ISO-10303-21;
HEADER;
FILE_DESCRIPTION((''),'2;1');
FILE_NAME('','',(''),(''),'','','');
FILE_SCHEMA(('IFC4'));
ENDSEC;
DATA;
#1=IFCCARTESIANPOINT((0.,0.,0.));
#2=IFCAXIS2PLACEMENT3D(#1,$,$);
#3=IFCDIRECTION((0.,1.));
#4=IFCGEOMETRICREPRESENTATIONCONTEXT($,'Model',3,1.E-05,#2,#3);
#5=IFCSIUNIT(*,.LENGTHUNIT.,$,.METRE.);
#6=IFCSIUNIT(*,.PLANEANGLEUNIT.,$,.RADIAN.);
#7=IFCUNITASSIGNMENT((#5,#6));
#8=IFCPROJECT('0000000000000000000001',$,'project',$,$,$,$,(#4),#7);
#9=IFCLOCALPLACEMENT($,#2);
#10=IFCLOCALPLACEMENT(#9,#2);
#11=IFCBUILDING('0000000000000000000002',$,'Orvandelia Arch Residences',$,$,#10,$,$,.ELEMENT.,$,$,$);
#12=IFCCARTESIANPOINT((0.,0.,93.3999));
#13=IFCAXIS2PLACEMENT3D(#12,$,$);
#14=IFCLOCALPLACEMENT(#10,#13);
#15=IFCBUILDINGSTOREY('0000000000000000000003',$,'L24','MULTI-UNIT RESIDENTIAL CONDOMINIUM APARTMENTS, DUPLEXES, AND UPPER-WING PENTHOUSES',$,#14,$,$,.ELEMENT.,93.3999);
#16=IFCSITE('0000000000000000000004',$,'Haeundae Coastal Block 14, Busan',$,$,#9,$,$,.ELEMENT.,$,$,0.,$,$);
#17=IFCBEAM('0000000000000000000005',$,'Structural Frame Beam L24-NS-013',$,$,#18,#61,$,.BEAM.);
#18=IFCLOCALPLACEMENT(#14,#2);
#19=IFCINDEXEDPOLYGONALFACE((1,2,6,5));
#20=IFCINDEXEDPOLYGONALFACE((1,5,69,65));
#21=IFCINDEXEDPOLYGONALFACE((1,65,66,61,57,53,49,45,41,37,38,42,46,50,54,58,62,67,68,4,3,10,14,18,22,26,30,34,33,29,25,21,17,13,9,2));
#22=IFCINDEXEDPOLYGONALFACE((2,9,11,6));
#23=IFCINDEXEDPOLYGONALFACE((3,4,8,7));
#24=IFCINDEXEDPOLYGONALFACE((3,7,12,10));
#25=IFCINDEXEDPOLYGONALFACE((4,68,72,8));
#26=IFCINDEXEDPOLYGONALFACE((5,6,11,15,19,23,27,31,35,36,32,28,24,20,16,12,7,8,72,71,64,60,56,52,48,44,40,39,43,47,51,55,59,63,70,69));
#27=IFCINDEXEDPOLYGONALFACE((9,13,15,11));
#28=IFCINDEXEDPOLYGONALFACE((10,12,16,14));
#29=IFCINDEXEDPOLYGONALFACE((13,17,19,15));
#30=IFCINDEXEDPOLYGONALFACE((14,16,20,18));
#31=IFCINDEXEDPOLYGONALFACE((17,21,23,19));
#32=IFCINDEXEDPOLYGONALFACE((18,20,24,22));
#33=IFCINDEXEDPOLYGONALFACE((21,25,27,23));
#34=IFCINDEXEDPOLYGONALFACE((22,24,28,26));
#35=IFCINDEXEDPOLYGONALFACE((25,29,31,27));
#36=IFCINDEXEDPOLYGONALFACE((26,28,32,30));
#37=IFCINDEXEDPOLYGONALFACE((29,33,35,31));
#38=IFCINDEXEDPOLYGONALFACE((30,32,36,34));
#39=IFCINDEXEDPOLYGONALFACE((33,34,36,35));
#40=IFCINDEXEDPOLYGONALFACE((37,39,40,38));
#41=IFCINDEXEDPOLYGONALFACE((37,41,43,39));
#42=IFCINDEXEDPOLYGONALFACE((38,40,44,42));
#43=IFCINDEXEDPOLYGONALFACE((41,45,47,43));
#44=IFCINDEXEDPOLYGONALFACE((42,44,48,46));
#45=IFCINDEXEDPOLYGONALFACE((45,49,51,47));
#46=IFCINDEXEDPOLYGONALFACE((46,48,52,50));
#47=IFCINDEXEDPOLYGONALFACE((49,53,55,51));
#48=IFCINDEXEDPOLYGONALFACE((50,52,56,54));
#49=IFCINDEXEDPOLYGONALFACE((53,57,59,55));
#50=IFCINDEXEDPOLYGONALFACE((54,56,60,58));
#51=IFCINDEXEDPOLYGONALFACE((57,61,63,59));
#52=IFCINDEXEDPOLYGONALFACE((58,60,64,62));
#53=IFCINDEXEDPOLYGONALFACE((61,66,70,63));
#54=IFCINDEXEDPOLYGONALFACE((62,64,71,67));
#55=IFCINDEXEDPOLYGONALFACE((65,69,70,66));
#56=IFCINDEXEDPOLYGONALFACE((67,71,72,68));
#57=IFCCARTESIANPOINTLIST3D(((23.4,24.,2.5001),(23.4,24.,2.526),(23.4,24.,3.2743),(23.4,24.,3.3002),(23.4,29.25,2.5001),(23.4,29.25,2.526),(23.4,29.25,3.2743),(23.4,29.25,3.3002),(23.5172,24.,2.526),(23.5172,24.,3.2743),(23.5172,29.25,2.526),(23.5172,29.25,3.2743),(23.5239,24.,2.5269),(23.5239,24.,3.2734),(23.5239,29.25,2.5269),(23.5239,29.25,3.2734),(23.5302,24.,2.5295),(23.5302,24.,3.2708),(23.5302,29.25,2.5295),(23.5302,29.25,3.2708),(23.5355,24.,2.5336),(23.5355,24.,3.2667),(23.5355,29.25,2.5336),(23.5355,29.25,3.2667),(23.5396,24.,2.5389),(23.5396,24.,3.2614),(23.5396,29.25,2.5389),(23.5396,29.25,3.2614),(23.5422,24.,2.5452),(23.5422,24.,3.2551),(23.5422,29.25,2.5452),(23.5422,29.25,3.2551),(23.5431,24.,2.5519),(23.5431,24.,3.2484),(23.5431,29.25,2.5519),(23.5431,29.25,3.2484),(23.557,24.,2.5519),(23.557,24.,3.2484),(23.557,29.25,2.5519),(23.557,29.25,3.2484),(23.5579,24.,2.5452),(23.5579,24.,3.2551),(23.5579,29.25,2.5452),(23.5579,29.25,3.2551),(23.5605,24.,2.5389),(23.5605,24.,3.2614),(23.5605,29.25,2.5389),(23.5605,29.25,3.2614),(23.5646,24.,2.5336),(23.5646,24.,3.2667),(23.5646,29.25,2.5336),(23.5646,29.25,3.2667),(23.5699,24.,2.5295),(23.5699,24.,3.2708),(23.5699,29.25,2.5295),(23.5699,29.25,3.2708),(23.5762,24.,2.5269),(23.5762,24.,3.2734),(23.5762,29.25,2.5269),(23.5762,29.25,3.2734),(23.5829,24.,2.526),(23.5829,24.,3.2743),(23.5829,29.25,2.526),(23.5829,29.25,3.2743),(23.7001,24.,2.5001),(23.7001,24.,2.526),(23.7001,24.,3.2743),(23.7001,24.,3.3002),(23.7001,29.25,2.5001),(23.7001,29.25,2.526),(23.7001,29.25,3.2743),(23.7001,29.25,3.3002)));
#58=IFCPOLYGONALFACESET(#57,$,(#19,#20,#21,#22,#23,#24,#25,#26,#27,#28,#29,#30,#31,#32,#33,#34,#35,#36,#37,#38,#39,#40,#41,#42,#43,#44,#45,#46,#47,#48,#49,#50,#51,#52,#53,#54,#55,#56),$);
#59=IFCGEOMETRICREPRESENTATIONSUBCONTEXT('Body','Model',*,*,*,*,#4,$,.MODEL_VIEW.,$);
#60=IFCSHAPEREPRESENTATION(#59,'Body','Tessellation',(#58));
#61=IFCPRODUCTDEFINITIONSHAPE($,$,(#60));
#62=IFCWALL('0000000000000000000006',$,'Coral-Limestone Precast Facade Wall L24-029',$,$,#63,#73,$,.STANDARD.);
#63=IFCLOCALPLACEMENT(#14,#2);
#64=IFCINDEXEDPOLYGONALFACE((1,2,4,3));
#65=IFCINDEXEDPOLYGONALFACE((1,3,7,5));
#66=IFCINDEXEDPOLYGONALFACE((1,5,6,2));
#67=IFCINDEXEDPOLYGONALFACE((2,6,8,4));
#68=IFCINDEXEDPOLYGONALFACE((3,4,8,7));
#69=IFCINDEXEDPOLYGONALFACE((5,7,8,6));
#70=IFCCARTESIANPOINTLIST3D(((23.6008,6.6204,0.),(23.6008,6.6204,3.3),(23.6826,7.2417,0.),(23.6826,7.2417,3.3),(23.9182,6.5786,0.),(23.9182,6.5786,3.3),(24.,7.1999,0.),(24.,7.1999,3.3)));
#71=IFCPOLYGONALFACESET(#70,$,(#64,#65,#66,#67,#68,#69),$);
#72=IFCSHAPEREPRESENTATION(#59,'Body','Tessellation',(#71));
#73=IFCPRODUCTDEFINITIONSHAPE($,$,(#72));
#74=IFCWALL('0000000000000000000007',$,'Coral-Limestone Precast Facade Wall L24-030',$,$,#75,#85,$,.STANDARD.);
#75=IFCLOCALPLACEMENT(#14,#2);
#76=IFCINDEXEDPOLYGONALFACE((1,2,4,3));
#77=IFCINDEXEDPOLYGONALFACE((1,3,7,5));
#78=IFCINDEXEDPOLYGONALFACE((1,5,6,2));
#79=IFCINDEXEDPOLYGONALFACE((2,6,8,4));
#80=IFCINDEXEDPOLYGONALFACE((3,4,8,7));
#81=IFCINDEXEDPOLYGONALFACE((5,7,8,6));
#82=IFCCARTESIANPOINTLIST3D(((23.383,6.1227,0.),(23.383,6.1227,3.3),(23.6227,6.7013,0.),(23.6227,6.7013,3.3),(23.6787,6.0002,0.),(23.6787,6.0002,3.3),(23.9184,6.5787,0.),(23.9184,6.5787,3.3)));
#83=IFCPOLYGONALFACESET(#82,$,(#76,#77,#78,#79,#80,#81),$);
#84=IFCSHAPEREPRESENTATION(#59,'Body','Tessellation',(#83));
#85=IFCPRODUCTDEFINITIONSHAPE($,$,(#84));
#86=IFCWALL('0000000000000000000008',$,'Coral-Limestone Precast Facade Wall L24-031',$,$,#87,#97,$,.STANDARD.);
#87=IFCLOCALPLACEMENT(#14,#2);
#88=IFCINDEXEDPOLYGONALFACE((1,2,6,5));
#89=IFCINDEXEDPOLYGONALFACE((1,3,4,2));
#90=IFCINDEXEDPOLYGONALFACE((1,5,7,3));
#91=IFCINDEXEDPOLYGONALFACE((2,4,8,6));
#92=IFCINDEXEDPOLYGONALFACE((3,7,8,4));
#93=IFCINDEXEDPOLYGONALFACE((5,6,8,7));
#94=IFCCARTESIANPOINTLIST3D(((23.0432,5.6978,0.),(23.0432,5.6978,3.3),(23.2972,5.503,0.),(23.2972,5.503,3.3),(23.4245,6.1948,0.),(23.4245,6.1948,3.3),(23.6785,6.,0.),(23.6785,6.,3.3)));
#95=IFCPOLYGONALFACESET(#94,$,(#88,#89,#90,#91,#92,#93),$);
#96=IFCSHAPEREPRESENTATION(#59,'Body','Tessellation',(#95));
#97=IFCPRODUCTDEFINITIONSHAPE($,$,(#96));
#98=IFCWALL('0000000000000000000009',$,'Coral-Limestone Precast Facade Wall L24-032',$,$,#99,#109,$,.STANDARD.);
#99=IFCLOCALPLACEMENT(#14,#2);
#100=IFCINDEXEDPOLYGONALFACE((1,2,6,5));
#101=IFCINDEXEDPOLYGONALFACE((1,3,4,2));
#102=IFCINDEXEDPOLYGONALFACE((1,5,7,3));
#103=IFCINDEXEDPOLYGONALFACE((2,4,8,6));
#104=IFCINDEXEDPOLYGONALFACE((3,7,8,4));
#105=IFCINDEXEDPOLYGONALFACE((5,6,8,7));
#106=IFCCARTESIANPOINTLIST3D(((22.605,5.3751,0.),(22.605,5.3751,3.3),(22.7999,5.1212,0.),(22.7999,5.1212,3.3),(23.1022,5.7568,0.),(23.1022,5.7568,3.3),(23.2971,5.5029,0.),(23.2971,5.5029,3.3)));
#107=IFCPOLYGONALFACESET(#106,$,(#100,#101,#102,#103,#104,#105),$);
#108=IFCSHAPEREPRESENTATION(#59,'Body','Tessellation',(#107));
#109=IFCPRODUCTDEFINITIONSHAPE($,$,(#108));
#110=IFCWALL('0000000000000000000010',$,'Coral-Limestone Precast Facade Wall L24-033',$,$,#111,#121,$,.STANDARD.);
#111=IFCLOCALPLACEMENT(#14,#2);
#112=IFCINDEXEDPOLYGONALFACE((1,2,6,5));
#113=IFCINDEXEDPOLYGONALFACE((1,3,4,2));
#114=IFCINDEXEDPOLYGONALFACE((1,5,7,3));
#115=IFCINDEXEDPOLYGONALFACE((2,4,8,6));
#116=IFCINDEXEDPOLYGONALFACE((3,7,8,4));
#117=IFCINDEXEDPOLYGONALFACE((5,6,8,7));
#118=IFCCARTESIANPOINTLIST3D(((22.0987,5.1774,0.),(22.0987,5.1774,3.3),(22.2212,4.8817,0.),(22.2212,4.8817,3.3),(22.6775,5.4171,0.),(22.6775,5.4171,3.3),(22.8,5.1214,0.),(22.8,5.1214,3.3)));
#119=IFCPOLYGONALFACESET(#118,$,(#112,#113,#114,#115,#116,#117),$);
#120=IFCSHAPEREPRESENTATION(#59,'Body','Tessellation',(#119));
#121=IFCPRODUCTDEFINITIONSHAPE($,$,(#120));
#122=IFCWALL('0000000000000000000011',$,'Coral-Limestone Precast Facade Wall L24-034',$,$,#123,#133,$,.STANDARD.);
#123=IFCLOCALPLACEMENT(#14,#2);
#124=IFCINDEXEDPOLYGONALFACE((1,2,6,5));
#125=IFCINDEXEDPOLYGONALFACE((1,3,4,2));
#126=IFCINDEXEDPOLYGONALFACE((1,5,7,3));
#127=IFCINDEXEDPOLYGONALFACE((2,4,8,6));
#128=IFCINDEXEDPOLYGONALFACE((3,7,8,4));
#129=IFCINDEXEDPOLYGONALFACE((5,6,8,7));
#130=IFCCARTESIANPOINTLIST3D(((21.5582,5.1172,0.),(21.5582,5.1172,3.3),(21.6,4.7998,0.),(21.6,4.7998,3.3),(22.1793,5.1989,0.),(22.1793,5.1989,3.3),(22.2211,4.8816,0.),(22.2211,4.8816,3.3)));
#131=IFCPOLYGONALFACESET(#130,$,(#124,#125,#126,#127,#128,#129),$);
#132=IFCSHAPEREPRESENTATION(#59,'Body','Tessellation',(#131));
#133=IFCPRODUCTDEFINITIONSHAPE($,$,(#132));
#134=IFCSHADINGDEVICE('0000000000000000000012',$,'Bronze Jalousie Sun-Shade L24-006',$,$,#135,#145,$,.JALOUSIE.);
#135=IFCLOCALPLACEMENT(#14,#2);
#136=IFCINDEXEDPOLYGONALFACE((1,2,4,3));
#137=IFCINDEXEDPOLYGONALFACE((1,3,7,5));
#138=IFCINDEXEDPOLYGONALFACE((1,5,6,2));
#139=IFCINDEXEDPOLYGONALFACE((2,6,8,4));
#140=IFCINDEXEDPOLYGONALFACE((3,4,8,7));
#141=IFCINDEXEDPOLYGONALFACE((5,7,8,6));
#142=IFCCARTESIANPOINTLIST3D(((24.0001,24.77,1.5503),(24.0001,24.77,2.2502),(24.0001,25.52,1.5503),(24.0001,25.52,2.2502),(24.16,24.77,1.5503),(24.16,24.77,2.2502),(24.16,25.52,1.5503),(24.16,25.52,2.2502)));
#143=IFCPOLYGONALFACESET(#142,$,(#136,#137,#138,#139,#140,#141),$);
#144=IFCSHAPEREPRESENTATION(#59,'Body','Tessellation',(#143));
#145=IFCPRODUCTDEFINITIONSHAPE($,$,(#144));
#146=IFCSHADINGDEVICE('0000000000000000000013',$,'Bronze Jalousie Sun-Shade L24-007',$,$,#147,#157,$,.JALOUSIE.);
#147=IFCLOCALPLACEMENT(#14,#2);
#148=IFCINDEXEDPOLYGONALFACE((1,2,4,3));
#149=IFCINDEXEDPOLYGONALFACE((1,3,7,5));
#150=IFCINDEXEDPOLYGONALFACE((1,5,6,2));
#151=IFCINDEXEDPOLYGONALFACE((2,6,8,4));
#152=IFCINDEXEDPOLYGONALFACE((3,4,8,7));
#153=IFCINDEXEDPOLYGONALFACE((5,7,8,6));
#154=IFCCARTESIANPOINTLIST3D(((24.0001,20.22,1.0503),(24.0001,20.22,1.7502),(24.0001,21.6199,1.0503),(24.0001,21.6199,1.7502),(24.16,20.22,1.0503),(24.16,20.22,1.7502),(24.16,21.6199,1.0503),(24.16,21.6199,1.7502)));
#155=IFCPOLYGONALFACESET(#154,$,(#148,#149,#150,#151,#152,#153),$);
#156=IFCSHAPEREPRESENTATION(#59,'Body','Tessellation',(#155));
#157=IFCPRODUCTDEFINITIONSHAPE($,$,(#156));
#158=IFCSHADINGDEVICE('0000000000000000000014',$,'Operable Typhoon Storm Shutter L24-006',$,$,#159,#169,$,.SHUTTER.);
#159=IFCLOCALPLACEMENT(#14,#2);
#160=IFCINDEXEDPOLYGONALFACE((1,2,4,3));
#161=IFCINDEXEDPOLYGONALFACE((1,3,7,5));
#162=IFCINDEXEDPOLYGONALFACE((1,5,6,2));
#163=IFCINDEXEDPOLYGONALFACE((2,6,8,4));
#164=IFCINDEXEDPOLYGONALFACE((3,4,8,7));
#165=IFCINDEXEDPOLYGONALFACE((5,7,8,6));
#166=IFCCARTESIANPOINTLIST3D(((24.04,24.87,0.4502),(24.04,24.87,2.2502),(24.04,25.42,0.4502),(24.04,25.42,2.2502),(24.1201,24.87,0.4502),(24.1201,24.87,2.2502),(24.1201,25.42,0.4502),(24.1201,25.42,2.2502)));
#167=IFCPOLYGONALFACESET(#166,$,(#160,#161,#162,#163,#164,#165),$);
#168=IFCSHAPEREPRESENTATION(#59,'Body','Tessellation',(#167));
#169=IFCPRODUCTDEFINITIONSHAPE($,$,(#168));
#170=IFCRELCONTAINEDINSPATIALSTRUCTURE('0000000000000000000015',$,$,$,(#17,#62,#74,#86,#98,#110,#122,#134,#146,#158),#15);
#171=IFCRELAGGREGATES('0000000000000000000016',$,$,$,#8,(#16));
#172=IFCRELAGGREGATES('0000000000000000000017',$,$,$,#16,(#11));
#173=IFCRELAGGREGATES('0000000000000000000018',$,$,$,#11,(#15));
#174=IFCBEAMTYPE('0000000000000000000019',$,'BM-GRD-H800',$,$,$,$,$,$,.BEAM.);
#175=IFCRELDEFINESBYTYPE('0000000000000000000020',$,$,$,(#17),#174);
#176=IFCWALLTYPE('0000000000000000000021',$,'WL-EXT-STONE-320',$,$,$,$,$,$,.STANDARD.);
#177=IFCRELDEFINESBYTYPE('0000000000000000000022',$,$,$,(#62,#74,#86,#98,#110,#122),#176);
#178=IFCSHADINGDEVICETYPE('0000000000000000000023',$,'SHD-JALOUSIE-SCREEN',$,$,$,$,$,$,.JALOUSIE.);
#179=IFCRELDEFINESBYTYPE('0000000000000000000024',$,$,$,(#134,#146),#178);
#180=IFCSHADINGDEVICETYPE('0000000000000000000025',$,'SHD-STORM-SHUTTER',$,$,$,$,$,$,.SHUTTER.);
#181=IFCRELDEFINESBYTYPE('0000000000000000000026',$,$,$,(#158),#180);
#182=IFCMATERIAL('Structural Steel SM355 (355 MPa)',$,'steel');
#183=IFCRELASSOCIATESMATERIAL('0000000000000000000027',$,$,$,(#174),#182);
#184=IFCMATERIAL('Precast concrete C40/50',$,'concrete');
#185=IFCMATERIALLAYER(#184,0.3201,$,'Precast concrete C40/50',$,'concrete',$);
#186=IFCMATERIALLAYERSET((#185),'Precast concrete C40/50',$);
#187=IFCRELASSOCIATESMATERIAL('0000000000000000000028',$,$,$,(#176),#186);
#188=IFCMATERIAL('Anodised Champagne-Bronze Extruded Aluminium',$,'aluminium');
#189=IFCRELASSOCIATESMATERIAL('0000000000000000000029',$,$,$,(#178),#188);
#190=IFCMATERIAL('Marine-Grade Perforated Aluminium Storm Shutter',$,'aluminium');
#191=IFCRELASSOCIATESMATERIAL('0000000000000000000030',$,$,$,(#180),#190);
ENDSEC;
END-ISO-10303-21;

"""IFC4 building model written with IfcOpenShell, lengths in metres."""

from ifc_helpers import new_model, si_unit, direction, frame, frame_2d, origin, origin_2d, place, context, subcontext, project, spatial, rectangle, i_section, extrude, material, layer, layer_set, material_profile, profile_set, type_object, element, save


model = new_model("IFC4")

# Units and contexts
model_context = context("Model", 3, precision=1e-05, world=origin(), true_north=direction((0.0, 1.0)))
body_context = subcontext(model_context, "Body", "Model", "MODEL_VIEW")
ifc_project = project(units=[si_unit("LENGTHUNIT", "METRE"), si_unit("PLANEANGLEUNIT", "RADIAN")], contexts=[model_context])

# Site, building, storey
site_placement = place(None, origin())
site = spatial("IfcSite", under=ifc_project, at=site_placement, Name="Haeundae Coastal Block 14, Busan", CompositionType="ELEMENT", RefElevation=0.0)
building_placement = place(site_placement, origin())
building = spatial("IfcBuilding", under=site, at=building_placement, Name="Orvandelia Arch Residences", CompositionType="ELEMENT")
storey_placement = place(building_placement, frame((0.0, 0.0, 93.3999)))
storey = spatial("IfcBuildingStorey", under=building, at=storey_placement, Name="L24", Description="MULTI-UNIT RESIDENTIAL CONDOMINIUM APARTMENTS, DUPLEXES, AND UPPER-WING PENTHOUSES", CompositionType="ELEMENT", Elevation=93.3999)

# Beam
ifc_material_1 = material(Name="Structural Steel SM355 (355 MPa)", Category="steel")
ifc_material_profile_1 = material_profile(ifc_material_1, i_section(OverallWidth=0.3, OverallDepth=0.8, WebThickness=0.0139, FlangeThickness=0.0259, FilletRadius=0.0259, at=origin_2d()), Name="Structural Steel SM355 (355 MPa)", Category="steel")
ifc_profile_set_1 = profile_set([ifc_material_profile_1], Name="Structural Steel SM355 (355 MPa)")
beam_type = type_object("IfcBeamType", Name="BM-GRD-H800", PredefinedType="BEAM", material=ifc_profile_set_1)
beam_1_placement = place(storey_placement, frame((23.55, 24.0, 2.9001), z_axis=(0.0, 1.0, 0.0), x_axis=(-1.0, 0.0, 0.0)))
element("IfcBeam", 1, at=beam_1_placement, inside=storey, type_object=beam_type, Name="Structural Frame Beam L24-NS-013", PredefinedType="BEAM", context=body_context, shape_type="SweptSolid", body=[
    extrude(i_section(OverallWidth=0.3, OverallDepth=0.8, WebThickness=0.0139, FlangeThickness=0.0259, FilletRadius=0.0259, at=origin_2d()), origin(), (0.0, 0.0, 1.0), 5.25),
])

# Walls
ifc_material_2 = material(Name="Precast concrete C40/50", Category="concrete")
ifc_layer = layer(ifc_material_2, 0.3201, Name="Precast concrete C40/50", Category="concrete")
ifc_layer_set = layer_set([ifc_layer], Name="Precast concrete C40/50")
wall_type = type_object("IfcWallType", Name="WL-EXT-STONE-320", PredefinedType="STANDARD", material=ifc_layer_set)
wall_1_placement = place(storey_placement, frame((23.8413, 7.2209, 0.0), z_axis=(0.0, 0.0, 1.0), x_axis=(-0.130505, -0.991448, 0.0)))
element("IfcWall", 2, at=wall_1_placement, inside=storey, type_object=wall_type, Name="Coral-Limestone Precast Facade Wall L24-029", PredefinedType="STANDARD", context=body_context, shape_type="SweptSolid", body=[
    extrude(rectangle(XDim=0.6267, YDim=0.3201, at=frame_2d((0.3135, 0.0))), origin(), (0.0, 0.0, 1.0), 3.3),
])
wall_2_placement = place(storey_placement, frame((23.7705, 6.6399, 0.0), z_axis=(0.0, 0.0, 1.0), x_axis=(-0.382788, -0.923836, 0.0)))
element("IfcWall", 3, at=wall_2_placement, inside=storey, type_object=wall_type, Name="Coral-Limestone Precast Facade Wall L24-030", PredefinedType="STANDARD", context=body_context, shape_type="SweptSolid", body=[
    extrude(rectangle(XDim=0.6262, YDim=0.3201, at=frame_2d((0.313, 0.0))), origin(), (0.0, 0.0, 1.0), 3.3),
])
wall_3_placement = place(storey_placement, frame((23.5515, 6.0974, 0.0), z_axis=(0.0, 0.0, 1.0), x_axis=(-0.608693, -0.793406, 0.0)))
element("IfcWall", 4, at=wall_3_placement, inside=storey, type_object=wall_type, Name="Coral-Limestone Precast Facade Wall L24-031", PredefinedType="STANDARD", context=body_context, shape_type="SweptSolid", body=[
    extrude(rectangle(XDim=0.6265, YDim=0.3201, at=frame_2d((0.3132, 0.0))), origin(), (0.0, 0.0, 1.0), 3.3),
])
wall_4_placement = place(storey_placement, frame((23.1997, 5.6299, 0.0), z_axis=(0.0, 0.0, 1.0), x_axis=(-0.793217, -0.608939, 0.0)))
element("IfcWall", 5, at=wall_4_placement, inside=storey, type_object=wall_type, Name="Coral-Limestone Precast Facade Wall L24-032", PredefinedType="STANDARD", context=body_context, shape_type="SweptSolid", body=[
    extrude(rectangle(XDim=0.6267, YDim=0.3201, at=frame_2d((0.3135, 0.0))), origin(), (0.0, 0.0, 1.0), 3.3),
])
for number, where, z_axis, x_axis, name in (
    (6, (22.7388, 5.2693, 0.0), (0.0, 0.0, 1.0), (-0.923893, -0.38265, 0.0), "Coral-Limestone Precast Facade Wall L24-033"),
    (7, (22.2002, 5.0403, 0.0), (0.0, 0.0, 1.0), (-0.991441, -0.130555, 0.0), "Coral-Limestone Precast Facade Wall L24-034"),
):
    element("IfcWall", number, at=place(storey_placement, frame(where, z_axis=z_axis, x_axis=x_axis)), inside=storey, type_object=wall_type, Name=name, PredefinedType="STANDARD", context=body_context, shape_type="SweptSolid", body=[
        extrude(rectangle(XDim=0.6265, YDim=0.3201, at=frame_2d((0.3132, 0.0))), origin(), (0.0, 0.0, 1.0), 3.3),
    ])

# Shading devices
ifc_material_3 = material(Name="Anodised Champagne-Bronze Extruded Aluminium", Category="aluminium")
shading_device_type_1 = type_object("IfcShadingDeviceType", Name="SHD-JALOUSIE-SCREEN", PredefinedType="JALOUSIE", material=ifc_material_3)
shading_device_1_placement = place(storey_placement, frame((24.0801, 25.145, 1.5503), z_axis=(0.0, 0.0, 1.0), x_axis=(0.0, -1.0, 0.0)))
element("IfcShadingDevice", 8, at=shading_device_1_placement, inside=storey, type_object=shading_device_type_1, Name="Bronze Jalousie Sun-Shade L24-006", PredefinedType="JALOUSIE", context=body_context, shape_type="SweptSolid", body=[
    extrude(rectangle(XDim=0.75, YDim=0.1599, at=origin_2d()), origin(), (0.0, 0.0, 1.0), 0.7),
])
shading_device_2_placement = place(storey_placement, frame((24.0801, 20.9199, 1.0503), z_axis=(0.0, 0.0, 1.0), x_axis=(0.0, -1.0, 0.0)))
element("IfcShadingDevice", 9, at=shading_device_2_placement, inside=storey, type_object=shading_device_type_1, Name="Bronze Jalousie Sun-Shade L24-007", PredefinedType="JALOUSIE", context=body_context, shape_type="SweptSolid", body=[
    extrude(rectangle(XDim=1.3999, YDim=0.1599, at=origin_2d()), origin(), (0.0, 0.0, 1.0), 0.7),
])
ifc_material_4 = material(Name="Marine-Grade Perforated Aluminium Storm Shutter", Category="aluminium")
shading_device_type_2 = type_object("IfcShadingDeviceType", Name="SHD-STORM-SHUTTER", PredefinedType="SHUTTER", material=ifc_material_4)
shading_device_3_placement = place(storey_placement, frame((24.0801, 25.145, 0.4502), z_axis=(0.0, 0.0, 1.0), x_axis=(0.0, -1.0, 0.0)))
element("IfcShadingDevice", 10, at=shading_device_3_placement, inside=storey, type_object=shading_device_type_2, Name="Operable Typhoon Storm Shutter L24-006", PredefinedType="SHUTTER", context=body_context, shape_type="SweptSolid", body=[
    extrude(rectangle(XDim=0.55, YDim=0.0801, at=origin_2d()), origin(), (0.0, 0.0, 1.0), 1.8),
])

save(model, "model.ifc")
